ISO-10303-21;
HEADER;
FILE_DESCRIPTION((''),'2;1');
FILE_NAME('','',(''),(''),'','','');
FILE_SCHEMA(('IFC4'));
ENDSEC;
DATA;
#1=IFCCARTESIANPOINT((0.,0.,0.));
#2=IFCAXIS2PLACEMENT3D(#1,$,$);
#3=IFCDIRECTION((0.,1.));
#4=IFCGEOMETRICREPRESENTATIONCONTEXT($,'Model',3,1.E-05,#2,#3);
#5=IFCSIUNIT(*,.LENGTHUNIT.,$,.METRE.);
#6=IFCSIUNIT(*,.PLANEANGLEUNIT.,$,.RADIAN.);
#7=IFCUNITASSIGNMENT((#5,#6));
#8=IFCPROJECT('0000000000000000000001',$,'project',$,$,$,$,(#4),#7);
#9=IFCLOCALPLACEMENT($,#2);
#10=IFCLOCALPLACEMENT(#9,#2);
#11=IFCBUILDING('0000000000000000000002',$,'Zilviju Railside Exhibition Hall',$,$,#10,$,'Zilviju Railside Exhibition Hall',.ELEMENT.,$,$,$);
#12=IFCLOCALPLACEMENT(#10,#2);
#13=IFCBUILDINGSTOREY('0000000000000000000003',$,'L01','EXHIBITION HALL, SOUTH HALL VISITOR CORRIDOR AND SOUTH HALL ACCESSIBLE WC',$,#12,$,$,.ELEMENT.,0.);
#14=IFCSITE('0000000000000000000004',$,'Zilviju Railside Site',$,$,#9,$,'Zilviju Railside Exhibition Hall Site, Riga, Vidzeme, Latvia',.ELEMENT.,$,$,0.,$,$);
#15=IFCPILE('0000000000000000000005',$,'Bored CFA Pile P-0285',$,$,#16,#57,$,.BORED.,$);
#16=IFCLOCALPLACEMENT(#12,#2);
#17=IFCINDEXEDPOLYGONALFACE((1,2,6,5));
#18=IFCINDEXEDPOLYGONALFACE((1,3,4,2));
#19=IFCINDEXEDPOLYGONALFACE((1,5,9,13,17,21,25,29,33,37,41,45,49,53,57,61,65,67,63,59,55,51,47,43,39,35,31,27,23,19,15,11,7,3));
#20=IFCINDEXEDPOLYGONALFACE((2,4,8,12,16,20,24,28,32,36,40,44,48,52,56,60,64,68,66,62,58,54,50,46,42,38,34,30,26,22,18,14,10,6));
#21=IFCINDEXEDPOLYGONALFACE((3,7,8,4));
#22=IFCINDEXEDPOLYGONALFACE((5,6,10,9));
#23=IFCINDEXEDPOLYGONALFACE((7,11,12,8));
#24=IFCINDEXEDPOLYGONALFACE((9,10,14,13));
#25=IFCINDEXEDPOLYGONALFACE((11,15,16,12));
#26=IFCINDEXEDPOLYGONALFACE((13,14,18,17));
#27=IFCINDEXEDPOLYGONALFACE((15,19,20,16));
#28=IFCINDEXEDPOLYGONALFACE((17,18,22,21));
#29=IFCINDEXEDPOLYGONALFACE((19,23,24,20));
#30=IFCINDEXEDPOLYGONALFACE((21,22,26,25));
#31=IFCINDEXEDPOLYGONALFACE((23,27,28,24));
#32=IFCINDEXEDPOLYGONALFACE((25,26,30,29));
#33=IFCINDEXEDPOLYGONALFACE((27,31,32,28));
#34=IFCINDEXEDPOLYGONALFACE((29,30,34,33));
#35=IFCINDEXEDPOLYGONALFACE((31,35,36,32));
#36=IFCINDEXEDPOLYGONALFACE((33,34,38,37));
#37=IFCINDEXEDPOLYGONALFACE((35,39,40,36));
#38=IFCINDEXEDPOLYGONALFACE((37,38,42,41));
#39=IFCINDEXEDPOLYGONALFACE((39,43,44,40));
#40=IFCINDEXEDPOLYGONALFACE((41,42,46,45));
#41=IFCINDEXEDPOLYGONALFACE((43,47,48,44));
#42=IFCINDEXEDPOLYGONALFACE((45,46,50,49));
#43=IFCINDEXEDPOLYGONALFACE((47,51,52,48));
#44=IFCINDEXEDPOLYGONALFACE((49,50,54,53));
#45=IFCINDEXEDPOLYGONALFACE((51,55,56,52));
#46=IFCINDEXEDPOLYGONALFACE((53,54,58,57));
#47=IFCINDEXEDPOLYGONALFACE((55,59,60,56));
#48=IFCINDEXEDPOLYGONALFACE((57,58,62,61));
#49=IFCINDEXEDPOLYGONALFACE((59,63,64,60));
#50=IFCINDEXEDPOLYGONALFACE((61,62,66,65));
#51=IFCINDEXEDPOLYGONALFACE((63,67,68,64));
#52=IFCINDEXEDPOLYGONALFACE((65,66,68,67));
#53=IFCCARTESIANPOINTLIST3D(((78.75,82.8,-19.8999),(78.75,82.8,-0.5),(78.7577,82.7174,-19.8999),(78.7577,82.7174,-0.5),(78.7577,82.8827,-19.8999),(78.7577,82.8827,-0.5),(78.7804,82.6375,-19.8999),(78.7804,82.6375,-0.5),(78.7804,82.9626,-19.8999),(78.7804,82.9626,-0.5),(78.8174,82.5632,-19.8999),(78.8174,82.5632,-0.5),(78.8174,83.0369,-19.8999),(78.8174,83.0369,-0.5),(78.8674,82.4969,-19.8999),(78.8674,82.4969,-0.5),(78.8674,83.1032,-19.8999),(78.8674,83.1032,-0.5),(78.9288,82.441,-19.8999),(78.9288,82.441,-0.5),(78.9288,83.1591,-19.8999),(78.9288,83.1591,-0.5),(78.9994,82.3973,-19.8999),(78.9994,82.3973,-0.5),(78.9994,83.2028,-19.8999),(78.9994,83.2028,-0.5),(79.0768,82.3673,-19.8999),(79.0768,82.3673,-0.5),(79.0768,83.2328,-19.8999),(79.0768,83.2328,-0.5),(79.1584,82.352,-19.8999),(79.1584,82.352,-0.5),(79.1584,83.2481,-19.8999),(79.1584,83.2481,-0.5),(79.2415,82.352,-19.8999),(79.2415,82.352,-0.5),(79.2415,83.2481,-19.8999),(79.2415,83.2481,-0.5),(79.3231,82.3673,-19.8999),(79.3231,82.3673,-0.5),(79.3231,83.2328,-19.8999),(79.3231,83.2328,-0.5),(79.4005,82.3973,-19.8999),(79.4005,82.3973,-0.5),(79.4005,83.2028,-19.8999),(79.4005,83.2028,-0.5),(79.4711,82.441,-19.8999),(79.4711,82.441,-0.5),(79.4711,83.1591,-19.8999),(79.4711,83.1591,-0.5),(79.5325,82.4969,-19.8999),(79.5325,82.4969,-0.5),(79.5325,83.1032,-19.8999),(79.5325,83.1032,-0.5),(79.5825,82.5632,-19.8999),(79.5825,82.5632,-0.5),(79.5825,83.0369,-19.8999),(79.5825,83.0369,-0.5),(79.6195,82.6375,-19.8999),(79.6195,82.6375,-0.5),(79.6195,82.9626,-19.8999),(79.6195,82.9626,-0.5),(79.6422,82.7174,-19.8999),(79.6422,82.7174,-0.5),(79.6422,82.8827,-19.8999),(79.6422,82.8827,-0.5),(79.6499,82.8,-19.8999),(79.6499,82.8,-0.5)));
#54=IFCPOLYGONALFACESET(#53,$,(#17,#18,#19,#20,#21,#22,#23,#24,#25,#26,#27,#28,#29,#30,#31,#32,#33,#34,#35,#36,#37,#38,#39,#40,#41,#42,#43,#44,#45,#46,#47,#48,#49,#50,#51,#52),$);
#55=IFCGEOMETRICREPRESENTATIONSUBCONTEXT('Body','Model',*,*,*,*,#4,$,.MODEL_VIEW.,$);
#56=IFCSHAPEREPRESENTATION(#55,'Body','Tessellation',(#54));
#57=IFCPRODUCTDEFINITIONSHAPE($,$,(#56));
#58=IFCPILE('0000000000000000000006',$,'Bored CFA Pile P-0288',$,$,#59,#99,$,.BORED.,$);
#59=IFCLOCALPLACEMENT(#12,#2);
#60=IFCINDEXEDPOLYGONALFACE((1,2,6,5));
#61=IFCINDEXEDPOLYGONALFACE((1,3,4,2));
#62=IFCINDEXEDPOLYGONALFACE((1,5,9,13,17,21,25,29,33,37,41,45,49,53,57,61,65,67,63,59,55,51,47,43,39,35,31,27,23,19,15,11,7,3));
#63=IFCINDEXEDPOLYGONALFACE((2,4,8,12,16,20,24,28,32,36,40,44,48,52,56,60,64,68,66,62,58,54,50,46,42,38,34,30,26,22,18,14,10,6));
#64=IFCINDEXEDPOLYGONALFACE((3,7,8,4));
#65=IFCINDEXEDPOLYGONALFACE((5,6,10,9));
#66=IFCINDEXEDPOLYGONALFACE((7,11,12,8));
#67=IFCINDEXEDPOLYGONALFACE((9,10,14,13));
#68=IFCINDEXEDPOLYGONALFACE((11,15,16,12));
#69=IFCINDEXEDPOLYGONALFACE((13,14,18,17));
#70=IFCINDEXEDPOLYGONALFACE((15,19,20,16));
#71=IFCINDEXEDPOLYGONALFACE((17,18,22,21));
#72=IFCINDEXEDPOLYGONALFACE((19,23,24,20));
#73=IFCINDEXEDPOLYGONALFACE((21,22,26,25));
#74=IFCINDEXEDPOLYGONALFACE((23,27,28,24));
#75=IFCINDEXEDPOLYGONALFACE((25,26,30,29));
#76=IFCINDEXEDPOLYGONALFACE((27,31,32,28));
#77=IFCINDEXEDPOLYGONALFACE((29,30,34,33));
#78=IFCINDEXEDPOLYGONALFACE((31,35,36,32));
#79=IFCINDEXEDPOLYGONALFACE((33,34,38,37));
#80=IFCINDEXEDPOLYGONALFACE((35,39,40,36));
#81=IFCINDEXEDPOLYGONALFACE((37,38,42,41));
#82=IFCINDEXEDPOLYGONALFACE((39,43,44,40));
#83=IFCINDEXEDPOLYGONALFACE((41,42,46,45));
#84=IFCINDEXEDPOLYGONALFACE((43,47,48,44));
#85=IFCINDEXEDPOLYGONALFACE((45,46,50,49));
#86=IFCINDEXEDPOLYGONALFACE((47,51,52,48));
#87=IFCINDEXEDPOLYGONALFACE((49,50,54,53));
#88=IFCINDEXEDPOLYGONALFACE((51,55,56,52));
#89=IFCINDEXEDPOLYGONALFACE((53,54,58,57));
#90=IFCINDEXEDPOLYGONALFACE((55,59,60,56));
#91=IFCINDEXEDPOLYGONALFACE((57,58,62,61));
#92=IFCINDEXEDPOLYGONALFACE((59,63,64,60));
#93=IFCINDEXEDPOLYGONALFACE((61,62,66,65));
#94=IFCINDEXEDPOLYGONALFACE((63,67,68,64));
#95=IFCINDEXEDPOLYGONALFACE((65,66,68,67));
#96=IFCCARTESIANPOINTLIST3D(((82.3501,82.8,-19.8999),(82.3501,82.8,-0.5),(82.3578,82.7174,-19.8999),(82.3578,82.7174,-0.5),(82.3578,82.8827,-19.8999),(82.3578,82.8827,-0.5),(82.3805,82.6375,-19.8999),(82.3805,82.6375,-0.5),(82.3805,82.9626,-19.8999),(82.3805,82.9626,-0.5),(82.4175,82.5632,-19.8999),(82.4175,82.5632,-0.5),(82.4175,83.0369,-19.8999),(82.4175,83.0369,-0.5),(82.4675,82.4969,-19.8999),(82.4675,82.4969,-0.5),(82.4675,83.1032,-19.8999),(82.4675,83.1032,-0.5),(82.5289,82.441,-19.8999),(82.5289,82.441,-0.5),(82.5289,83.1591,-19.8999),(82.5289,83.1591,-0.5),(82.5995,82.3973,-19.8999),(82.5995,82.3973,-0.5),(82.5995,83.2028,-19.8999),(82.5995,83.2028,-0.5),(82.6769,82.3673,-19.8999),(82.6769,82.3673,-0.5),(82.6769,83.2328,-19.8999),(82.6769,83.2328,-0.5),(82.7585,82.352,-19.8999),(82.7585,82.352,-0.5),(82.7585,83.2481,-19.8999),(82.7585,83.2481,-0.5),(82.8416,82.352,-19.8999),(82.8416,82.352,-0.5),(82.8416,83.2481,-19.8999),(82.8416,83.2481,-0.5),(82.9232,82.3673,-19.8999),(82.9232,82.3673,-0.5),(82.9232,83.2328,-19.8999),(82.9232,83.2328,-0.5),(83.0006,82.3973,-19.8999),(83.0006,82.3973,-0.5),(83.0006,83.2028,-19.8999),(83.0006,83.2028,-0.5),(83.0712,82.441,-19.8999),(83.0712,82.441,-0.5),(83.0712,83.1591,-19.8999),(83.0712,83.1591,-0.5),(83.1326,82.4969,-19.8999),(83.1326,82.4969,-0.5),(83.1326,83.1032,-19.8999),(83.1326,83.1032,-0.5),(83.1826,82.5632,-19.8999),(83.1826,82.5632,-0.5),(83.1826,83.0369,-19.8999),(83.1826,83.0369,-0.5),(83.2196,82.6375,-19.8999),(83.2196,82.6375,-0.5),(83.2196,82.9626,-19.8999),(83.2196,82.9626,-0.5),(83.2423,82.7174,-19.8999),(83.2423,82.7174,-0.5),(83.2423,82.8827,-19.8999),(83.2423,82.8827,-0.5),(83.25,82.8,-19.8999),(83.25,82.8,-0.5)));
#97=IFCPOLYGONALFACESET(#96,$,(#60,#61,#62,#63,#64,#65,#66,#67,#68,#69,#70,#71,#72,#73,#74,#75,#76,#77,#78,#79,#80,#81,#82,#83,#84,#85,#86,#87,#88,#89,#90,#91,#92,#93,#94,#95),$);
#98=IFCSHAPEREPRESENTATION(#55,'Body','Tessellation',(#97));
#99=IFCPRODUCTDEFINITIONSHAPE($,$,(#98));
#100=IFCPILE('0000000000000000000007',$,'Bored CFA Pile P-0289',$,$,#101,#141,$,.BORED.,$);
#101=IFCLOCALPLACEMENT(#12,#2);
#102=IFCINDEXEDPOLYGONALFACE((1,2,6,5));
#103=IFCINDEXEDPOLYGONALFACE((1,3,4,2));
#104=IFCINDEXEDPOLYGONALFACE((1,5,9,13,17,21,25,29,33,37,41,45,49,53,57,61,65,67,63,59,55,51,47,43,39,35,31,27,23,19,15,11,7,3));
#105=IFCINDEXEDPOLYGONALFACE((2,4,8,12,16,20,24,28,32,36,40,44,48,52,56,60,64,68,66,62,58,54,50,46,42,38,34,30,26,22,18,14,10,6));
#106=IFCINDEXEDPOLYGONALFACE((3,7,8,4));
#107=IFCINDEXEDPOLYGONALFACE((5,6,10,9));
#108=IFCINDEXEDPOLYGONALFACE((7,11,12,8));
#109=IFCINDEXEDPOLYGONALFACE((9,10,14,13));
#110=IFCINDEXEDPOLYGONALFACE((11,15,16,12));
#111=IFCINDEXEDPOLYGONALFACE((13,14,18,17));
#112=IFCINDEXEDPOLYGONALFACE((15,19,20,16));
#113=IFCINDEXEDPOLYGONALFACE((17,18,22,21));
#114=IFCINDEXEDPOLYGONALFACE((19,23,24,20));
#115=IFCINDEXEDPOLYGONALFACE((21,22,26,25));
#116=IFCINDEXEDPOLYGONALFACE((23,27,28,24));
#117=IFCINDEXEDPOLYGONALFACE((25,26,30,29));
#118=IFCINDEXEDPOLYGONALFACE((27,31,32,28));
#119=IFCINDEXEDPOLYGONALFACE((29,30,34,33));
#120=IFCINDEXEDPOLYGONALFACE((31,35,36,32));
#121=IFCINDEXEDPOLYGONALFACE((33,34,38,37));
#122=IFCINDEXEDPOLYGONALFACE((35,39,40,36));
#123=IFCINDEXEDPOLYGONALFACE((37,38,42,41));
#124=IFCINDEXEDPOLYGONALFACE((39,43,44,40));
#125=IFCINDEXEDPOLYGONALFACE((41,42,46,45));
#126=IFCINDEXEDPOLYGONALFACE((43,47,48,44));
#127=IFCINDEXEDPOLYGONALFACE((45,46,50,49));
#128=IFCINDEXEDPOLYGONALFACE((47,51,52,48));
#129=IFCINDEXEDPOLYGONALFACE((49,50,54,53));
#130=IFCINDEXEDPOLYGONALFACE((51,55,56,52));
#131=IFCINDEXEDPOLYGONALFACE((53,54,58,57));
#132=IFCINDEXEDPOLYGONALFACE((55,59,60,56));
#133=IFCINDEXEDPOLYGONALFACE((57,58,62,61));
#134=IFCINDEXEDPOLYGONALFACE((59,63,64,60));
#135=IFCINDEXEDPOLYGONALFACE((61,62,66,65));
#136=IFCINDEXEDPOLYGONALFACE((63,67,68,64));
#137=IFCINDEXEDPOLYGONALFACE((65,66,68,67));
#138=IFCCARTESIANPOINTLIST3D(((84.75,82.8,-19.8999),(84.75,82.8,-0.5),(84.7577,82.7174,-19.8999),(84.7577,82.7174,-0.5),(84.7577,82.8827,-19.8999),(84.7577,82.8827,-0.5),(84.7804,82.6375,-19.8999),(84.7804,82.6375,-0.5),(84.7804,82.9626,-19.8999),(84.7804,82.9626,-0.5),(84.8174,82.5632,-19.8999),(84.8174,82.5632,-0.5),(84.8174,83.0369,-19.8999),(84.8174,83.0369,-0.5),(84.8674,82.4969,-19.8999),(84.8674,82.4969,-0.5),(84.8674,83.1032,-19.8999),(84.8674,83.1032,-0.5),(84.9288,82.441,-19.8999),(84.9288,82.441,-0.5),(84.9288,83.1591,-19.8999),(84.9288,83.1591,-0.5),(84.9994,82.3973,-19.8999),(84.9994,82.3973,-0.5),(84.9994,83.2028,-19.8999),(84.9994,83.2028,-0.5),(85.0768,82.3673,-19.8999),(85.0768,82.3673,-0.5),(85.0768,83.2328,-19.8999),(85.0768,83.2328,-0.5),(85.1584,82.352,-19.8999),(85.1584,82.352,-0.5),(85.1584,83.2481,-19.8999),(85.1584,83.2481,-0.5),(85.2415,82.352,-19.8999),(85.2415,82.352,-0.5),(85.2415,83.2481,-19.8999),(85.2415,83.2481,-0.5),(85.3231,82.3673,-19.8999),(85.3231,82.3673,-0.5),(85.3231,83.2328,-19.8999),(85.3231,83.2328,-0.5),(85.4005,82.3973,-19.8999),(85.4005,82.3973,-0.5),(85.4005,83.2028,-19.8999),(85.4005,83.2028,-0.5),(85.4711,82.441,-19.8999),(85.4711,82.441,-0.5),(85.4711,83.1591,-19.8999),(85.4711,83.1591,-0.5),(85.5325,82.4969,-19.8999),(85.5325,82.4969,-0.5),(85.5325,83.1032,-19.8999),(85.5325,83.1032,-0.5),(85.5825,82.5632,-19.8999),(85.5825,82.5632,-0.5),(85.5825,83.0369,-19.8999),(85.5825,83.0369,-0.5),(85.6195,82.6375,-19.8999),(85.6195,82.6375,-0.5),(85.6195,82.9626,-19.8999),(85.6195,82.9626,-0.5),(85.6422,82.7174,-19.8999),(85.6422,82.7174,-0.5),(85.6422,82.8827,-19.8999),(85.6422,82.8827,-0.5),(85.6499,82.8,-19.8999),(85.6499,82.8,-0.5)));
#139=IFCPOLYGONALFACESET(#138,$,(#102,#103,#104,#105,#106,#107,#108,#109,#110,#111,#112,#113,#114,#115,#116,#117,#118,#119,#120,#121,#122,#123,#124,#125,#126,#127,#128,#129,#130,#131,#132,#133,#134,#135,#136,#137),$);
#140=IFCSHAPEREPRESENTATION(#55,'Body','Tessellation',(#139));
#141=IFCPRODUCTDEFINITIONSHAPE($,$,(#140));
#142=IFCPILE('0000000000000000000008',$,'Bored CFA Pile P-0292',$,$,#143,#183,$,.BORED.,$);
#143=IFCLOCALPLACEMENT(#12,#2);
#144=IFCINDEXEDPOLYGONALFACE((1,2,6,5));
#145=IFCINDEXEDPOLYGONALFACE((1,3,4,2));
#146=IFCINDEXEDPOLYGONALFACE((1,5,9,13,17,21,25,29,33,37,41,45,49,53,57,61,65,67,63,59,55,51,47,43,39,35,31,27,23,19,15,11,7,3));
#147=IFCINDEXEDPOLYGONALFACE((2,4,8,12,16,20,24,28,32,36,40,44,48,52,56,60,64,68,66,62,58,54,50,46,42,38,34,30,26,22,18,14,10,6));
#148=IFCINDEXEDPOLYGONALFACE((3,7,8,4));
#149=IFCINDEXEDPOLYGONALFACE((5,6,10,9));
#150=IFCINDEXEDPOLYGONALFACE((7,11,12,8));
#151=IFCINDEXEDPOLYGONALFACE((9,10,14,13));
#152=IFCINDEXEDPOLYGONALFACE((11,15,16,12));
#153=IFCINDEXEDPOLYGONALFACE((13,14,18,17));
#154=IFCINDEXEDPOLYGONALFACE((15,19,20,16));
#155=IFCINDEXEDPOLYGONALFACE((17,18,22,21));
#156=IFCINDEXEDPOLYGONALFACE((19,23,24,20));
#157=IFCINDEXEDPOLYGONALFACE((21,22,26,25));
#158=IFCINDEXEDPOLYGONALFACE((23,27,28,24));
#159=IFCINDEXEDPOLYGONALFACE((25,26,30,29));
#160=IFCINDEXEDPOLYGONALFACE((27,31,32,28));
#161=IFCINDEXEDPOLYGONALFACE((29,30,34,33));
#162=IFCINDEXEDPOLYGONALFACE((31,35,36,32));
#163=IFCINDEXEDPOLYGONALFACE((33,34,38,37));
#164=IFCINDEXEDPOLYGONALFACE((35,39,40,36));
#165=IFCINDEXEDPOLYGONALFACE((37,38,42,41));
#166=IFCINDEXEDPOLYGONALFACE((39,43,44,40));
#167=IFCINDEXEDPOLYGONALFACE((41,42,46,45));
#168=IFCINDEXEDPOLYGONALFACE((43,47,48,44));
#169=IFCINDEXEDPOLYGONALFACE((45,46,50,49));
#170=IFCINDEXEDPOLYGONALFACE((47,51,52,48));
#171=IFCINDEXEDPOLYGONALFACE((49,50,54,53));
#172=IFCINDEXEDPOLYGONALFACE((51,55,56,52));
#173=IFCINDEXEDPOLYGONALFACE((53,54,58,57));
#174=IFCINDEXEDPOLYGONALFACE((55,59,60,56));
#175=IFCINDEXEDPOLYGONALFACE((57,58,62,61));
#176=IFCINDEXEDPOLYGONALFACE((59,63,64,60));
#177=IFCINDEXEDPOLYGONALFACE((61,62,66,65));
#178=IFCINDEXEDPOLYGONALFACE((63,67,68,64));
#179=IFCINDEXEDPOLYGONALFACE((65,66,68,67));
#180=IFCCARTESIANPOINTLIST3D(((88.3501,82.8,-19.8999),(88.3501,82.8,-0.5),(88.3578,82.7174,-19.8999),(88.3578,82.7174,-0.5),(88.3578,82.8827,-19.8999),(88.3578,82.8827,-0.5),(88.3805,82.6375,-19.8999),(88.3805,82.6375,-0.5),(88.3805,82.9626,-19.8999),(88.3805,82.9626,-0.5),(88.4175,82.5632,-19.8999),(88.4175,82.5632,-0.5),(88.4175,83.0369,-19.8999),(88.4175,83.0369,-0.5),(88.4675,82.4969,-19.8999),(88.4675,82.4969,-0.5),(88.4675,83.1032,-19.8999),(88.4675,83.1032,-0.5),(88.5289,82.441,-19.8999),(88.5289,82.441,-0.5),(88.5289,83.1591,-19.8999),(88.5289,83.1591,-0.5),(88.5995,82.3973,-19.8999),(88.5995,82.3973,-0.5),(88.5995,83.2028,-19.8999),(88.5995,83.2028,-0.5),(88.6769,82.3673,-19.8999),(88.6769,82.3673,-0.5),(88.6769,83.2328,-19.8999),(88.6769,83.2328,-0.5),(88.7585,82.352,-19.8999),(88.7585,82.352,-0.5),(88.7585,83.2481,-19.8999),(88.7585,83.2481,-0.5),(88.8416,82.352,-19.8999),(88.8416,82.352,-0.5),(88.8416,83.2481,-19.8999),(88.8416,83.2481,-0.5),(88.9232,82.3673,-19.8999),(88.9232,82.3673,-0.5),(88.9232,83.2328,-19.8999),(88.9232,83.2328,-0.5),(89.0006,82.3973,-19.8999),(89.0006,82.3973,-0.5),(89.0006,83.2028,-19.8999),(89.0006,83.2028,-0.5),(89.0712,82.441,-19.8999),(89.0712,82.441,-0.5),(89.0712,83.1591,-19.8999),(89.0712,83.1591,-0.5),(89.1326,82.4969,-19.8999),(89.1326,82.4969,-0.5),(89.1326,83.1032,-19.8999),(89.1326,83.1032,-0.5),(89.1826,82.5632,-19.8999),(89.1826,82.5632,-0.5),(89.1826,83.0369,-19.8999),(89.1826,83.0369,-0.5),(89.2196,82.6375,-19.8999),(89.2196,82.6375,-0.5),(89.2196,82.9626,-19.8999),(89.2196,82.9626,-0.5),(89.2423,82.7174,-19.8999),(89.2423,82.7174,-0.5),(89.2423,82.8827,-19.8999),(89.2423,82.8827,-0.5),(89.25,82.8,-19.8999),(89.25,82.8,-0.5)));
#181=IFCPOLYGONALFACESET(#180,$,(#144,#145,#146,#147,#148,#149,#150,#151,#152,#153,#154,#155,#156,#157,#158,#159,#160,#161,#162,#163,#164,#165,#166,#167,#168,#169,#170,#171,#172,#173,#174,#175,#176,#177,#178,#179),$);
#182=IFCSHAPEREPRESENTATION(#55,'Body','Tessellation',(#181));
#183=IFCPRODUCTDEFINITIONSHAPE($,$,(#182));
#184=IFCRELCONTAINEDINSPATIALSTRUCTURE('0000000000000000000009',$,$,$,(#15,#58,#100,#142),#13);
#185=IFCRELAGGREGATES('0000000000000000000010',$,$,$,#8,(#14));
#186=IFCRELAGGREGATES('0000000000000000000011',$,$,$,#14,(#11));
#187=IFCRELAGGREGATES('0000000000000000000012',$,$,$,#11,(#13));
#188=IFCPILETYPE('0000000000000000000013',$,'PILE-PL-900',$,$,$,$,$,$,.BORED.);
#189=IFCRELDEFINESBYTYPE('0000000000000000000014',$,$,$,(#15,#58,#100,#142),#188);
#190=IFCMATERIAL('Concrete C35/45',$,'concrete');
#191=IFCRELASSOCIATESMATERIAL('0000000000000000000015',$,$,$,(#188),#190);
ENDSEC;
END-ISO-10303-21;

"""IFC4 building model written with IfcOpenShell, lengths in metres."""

from ifc_helpers import new_model, si_unit, direction, frame, origin, origin_2d, place, context, subcontext, project, spatial, circle, extrude, material, material_profile, profile_set, type_object, element, save


model = new_model("IFC4")

# Units and contexts
model_context = context("Model", 3, precision=1e-05, world=origin(), true_north=direction((0.0, 1.0)))
body_context = subcontext(model_context, "Body", "Model", "MODEL_VIEW")
ifc_project = project(units=[si_unit("LENGTHUNIT", "METRE"), si_unit("PLANEANGLEUNIT", "RADIAN")], contexts=[model_context])

# Site, building, storey
site_placement = place(None, origin())
site = spatial("IfcSite", under=ifc_project, at=site_placement, Name="Zilviju Railside Site", LongName="Zilviju Railside Exhibition Hall Site, Riga, Vidzeme, Latvia", CompositionType="ELEMENT", RefElevation=0.0)
building_placement = place(site_placement, origin())
building = spatial("IfcBuilding", under=site, at=building_placement, Name="Zilviju Railside Exhibition Hall", LongName="Zilviju Railside Exhibition Hall", CompositionType="ELEMENT")
storey_placement = place(building_placement, origin())
storey = spatial("IfcBuildingStorey", under=building, at=storey_placement, Name="L01", Description="EXHIBITION HALL, SOUTH HALL VISITOR CORRIDOR AND SOUTH HALL ACCESSIBLE WC", CompositionType="ELEMENT", Elevation=0.0)

# Shared definitions
ifc_material_1 = material(Name="Concrete C35/45", Category="concrete")

# Piles
ifc_material_profile_1 = material_profile(ifc_material_1, circle(Radius=0.45, at=origin_2d()), Name="CFA PILE D900")
ifc_profile_set_1 = profile_set([ifc_material_profile_1], Name="Concrete C35/45")
pile_type_1 = type_object("IfcPileType", Name="PILE-PL-900", PredefinedType="BORED", material=ifc_profile_set_1)
for number, where, z_axis, x_axis, name in (
    (1, (79.2, 82.8, -0.5), (0.0, 0.0, -1.0), (1.0, 0.0, 0.0), "Bored CFA Pile P-0285"),
    (2, (82.8, 82.8, -0.5), (0.0, 0.0, -1.0), (1.0, 0.0, 0.0), "Bored CFA Pile P-0288"),
    (3, (85.2, 82.8, -0.5), (0.0, 0.0, -1.0), (1.0, 0.0, 0.0), "Bored CFA Pile P-0289"),
    (4, (88.8, 82.8, -0.5), (0.0, 0.0, -1.0), (1.0, 0.0, 0.0), "Bored CFA Pile P-0292"),
):
    element("IfcPile", number, at=place(storey_placement, frame(where, z_axis=z_axis, x_axis=x_axis)), inside=storey, type_object=pile_type_1, Name=name, PredefinedType="BORED", context=body_context, shape_type="SweptSolid", body=[
        extrude(circle(Radius=0.45, at=origin_2d()), origin(), (0.0, 0.0, 1.0), 19.3999),
    ])

save(model, "model.ifc")
